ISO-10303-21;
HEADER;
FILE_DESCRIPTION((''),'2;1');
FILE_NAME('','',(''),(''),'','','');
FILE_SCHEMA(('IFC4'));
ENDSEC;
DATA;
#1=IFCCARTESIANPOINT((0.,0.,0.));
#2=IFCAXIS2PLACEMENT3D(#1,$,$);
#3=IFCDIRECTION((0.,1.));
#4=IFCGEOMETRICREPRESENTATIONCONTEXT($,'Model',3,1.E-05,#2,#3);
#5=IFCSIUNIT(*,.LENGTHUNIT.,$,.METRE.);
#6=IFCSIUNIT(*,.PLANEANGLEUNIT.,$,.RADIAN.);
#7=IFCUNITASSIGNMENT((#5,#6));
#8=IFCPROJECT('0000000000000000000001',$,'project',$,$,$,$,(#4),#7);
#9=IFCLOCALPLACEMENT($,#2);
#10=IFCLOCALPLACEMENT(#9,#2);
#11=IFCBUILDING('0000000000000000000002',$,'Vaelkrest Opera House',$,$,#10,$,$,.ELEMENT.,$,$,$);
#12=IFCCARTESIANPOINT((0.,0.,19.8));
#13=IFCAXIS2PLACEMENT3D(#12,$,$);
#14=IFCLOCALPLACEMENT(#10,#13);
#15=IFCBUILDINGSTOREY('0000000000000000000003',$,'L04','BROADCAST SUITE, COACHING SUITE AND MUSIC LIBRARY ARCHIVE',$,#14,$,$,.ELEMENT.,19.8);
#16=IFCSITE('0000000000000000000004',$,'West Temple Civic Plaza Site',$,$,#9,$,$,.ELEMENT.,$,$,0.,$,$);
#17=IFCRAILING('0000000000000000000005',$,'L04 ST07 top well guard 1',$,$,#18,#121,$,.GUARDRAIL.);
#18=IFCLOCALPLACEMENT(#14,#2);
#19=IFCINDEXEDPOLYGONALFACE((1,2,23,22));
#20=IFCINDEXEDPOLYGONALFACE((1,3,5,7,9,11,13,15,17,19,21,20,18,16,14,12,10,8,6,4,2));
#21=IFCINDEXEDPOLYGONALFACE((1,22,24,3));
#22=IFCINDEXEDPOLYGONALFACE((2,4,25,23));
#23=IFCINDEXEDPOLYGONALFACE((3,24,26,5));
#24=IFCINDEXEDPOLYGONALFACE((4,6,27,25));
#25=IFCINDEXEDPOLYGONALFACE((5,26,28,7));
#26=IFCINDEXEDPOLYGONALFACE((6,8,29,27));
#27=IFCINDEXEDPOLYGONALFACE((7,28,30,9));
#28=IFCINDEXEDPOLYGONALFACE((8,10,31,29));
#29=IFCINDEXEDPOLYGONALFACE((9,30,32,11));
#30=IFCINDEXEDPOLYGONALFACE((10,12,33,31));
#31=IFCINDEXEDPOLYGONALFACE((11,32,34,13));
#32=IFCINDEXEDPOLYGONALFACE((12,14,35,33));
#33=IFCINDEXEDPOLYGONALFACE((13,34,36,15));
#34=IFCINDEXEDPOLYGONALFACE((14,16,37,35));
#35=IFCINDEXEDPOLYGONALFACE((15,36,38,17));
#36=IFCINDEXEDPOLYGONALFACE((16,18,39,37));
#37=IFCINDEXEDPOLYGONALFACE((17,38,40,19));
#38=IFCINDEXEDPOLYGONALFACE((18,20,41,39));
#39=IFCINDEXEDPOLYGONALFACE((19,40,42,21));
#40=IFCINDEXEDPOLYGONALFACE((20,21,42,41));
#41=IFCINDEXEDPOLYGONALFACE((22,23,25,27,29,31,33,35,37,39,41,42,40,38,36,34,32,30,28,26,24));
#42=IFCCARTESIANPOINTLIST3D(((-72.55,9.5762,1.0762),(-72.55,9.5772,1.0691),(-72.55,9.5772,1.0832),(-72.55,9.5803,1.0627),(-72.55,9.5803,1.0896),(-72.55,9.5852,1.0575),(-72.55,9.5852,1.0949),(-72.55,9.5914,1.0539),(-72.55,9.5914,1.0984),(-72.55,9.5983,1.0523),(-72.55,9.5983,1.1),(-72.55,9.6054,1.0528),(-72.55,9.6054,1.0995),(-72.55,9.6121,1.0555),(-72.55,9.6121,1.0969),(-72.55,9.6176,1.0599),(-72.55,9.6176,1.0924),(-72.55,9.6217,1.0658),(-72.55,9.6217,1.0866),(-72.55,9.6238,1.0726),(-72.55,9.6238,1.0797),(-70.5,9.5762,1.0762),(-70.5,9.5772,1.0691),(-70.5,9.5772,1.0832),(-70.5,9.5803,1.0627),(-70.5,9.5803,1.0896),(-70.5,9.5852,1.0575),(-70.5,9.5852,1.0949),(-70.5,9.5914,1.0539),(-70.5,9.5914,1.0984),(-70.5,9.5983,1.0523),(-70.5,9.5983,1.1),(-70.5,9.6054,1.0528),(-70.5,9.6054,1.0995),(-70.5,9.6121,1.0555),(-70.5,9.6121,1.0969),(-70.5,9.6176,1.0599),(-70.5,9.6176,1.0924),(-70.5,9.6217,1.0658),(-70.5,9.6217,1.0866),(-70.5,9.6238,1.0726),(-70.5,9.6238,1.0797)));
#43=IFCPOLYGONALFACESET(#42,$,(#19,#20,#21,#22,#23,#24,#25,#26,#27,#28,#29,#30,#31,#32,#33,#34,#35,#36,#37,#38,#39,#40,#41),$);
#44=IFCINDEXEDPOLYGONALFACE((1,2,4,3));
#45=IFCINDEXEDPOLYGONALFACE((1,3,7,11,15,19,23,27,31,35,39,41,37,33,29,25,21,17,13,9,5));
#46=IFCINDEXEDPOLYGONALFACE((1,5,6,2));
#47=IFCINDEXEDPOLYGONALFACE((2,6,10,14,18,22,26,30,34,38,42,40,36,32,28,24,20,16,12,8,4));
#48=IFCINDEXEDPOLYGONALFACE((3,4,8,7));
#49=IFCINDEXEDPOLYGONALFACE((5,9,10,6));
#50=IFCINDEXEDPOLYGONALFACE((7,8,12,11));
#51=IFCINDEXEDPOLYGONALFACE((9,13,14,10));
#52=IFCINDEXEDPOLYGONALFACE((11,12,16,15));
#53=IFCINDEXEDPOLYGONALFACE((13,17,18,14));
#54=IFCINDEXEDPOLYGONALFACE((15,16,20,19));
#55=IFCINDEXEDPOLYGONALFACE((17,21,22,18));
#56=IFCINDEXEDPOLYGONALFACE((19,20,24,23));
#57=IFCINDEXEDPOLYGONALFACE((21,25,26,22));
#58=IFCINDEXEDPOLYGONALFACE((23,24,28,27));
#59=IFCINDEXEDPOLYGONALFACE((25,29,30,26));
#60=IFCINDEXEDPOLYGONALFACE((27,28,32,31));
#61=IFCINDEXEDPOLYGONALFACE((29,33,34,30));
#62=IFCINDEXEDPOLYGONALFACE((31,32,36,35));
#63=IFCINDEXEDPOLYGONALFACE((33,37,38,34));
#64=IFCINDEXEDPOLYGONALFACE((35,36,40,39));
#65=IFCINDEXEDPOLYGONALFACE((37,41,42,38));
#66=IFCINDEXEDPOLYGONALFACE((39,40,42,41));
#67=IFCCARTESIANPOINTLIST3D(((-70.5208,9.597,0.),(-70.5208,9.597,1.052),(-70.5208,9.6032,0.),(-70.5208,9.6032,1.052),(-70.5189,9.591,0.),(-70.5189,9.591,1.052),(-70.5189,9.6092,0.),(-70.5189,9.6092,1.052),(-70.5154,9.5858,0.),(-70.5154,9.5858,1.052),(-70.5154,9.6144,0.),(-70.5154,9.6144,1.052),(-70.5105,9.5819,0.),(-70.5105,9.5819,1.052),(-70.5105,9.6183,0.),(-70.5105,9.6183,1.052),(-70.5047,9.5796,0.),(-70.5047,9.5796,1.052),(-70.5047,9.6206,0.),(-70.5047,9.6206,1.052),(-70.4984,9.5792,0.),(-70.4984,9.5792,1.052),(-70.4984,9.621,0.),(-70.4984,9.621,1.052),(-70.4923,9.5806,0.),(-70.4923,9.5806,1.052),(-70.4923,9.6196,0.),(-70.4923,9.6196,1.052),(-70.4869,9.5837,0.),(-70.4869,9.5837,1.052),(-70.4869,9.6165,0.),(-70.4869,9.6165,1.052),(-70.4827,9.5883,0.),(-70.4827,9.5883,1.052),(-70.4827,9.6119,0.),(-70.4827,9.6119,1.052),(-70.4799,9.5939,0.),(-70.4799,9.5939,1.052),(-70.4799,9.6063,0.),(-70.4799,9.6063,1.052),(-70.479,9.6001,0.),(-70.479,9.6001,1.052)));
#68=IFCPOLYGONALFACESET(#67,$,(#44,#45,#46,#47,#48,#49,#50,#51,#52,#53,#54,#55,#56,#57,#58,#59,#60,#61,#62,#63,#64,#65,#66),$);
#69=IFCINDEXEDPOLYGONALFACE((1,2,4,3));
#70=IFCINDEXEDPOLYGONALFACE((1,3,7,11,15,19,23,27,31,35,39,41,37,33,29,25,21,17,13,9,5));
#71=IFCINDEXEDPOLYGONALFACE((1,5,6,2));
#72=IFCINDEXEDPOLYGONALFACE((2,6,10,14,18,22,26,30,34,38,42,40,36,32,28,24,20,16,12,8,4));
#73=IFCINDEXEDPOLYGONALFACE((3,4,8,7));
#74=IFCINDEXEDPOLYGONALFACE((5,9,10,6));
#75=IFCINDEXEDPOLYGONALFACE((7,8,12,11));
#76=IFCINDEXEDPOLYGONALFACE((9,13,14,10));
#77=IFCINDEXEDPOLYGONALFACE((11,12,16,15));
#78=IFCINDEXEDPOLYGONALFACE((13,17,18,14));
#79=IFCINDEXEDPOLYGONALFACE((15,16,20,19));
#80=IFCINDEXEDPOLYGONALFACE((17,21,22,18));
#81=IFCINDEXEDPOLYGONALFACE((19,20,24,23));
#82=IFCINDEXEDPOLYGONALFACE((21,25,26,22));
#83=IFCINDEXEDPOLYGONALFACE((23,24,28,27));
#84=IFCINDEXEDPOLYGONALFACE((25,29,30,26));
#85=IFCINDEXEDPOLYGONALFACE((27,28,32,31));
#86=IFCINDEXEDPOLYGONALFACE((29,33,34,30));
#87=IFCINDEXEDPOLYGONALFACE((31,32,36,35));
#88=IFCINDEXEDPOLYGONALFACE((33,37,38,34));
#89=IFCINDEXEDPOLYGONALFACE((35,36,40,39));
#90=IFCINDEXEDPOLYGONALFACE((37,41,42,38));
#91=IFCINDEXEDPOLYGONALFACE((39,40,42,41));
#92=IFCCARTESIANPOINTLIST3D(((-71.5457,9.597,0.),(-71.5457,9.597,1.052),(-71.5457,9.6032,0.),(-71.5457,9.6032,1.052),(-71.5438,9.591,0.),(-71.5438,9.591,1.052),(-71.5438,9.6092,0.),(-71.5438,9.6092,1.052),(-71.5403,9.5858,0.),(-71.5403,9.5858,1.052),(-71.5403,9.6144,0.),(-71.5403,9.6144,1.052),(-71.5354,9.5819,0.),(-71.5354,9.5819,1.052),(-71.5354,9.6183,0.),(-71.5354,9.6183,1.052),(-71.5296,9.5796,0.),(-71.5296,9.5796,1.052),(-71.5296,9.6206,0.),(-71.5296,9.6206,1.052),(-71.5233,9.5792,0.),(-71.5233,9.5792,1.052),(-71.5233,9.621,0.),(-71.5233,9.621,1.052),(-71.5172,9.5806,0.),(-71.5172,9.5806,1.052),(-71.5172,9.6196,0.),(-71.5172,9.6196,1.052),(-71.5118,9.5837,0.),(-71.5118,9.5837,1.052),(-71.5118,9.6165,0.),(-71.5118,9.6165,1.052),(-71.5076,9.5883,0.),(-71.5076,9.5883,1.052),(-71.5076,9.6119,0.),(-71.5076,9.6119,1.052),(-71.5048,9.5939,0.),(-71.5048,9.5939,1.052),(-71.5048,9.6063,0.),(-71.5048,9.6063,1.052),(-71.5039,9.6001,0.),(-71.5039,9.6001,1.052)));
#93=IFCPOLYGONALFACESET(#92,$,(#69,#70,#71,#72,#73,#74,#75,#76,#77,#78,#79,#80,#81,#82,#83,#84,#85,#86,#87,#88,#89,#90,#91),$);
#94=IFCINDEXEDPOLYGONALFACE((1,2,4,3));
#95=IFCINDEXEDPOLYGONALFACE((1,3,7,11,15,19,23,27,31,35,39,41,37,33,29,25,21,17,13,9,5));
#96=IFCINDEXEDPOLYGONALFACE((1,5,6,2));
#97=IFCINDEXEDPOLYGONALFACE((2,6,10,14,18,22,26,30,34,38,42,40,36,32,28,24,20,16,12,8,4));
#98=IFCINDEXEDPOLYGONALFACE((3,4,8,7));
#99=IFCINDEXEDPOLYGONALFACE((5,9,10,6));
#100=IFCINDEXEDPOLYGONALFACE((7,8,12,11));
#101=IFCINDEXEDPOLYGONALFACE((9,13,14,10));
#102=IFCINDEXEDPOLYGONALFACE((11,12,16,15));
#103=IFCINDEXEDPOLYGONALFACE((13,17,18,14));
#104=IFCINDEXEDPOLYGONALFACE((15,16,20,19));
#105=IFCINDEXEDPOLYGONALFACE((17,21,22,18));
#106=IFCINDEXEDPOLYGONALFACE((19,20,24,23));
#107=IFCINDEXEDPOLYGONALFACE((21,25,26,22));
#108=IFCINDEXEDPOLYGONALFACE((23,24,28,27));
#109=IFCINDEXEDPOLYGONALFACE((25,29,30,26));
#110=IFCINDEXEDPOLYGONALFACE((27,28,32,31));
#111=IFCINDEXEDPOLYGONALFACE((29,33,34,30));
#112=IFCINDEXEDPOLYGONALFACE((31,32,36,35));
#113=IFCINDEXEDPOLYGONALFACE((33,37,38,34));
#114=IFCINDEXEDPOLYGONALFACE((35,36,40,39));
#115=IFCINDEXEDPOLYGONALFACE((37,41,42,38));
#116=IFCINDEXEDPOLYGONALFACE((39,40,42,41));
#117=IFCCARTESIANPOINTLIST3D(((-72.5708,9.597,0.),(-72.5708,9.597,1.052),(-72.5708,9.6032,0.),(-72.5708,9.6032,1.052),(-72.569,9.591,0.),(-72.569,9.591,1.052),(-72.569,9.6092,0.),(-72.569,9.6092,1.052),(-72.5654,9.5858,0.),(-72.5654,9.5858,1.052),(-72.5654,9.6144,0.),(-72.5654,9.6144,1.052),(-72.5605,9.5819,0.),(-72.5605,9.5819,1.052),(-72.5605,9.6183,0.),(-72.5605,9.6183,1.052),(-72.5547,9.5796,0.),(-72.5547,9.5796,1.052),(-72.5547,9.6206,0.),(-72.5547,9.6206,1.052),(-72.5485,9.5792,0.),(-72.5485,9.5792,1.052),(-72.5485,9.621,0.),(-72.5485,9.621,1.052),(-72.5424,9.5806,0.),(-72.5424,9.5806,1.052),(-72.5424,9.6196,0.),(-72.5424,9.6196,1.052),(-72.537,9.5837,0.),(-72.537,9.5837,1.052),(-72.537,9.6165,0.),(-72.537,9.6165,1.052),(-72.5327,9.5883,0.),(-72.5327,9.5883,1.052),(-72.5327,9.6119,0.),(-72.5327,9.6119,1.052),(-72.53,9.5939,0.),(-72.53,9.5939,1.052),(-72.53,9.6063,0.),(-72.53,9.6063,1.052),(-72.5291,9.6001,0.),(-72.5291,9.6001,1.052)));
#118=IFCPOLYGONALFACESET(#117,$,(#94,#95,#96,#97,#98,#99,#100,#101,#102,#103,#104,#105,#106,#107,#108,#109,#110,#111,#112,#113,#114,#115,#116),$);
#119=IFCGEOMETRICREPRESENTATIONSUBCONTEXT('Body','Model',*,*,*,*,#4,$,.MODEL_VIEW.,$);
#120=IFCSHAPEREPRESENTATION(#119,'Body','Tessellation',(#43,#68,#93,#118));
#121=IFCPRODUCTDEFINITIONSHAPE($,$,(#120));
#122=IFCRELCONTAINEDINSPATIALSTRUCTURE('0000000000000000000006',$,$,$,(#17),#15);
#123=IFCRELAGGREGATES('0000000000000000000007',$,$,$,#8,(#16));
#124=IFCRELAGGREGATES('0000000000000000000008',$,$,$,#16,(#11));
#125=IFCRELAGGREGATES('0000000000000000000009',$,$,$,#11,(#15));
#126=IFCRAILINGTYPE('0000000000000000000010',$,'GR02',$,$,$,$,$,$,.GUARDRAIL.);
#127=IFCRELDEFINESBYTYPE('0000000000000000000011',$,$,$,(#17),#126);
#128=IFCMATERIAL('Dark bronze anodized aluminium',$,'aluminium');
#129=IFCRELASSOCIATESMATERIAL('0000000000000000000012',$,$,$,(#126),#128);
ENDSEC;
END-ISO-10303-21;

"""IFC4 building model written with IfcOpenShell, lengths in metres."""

from ifc_helpers import new_model, si_unit, direction, frame, origin, origin_2d, place, context, subcontext, project, spatial, circle, extrude, material, type_object, element, save


model = new_model("IFC4")

# Units and contexts
model_context = context("Model", 3, precision=1e-05, world=origin(), true_north=direction((0.0, 1.0)))
body_context = subcontext(model_context, "Body", "Model", "MODEL_VIEW")
ifc_project = project(units=[si_unit("LENGTHUNIT", "METRE"), si_unit("PLANEANGLEUNIT", "RADIAN")], contexts=[model_context])

# Site, building, storey
site_placement = place(None, origin())
site = spatial("IfcSite", under=ifc_project, at=site_placement, Name="West Temple Civic Plaza Site", CompositionType="ELEMENT", RefElevation=0.0)
building_placement = place(site_placement, origin())
building = spatial("IfcBuilding", under=site, at=building_placement, Name="Vaelkrest Opera House", CompositionType="ELEMENT")
storey_placement = place(building_placement, frame((0.0, 0.0, 19.8)))
storey = spatial("IfcBuildingStorey", under=building, at=storey_placement, Name="L04", Description="BROADCAST SUITE, COACHING SUITE AND MUSIC LIBRARY ARCHIVE", CompositionType="ELEMENT", Elevation=19.8)

# Shared definitions
ifc_material_1 = material(Name="Dark bronze anodized aluminium", Category="aluminium")

# Railing
railing_type = type_object("IfcRailingType", Name="GR02", PredefinedType="GUARDRAIL", material=ifc_material_1)
railing_placement = place(storey_placement, frame((-70.5, 9.6001, 0.0)))
element("IfcRailing", 1, at=railing_placement, inside=storey, type_object=railing_type, Name="L04 ST07 top well guard 1", PredefinedType="GUARDRAIL", context=body_context, shape_type="SweptSolid", body=[
    extrude(circle(Radius=0.0239, at=origin_2d()), frame((0.0, 0.0, 1.0762), z_axis=(-1.0, 0.0, 0.0), x_axis=(0.0, -1.0, 0.0)), (0.0, 0.0, 1.0), 2.05),
    extrude(circle(Radius=0.021, at=origin_2d()), origin(), (0.0, 0.0, 1.0), 1.052),
    extrude(circle(Radius=0.021, at=origin_2d()), frame((-1.0249, 0.0, 0.0)), (0.0, 0.0, 1.0), 1.052),
    extrude(circle(Radius=0.021, at=origin_2d()), frame((-2.05, 0.0, 0.0)), (0.0, 0.0, 1.0), 1.052),
])

save(model, "model.ifc")
